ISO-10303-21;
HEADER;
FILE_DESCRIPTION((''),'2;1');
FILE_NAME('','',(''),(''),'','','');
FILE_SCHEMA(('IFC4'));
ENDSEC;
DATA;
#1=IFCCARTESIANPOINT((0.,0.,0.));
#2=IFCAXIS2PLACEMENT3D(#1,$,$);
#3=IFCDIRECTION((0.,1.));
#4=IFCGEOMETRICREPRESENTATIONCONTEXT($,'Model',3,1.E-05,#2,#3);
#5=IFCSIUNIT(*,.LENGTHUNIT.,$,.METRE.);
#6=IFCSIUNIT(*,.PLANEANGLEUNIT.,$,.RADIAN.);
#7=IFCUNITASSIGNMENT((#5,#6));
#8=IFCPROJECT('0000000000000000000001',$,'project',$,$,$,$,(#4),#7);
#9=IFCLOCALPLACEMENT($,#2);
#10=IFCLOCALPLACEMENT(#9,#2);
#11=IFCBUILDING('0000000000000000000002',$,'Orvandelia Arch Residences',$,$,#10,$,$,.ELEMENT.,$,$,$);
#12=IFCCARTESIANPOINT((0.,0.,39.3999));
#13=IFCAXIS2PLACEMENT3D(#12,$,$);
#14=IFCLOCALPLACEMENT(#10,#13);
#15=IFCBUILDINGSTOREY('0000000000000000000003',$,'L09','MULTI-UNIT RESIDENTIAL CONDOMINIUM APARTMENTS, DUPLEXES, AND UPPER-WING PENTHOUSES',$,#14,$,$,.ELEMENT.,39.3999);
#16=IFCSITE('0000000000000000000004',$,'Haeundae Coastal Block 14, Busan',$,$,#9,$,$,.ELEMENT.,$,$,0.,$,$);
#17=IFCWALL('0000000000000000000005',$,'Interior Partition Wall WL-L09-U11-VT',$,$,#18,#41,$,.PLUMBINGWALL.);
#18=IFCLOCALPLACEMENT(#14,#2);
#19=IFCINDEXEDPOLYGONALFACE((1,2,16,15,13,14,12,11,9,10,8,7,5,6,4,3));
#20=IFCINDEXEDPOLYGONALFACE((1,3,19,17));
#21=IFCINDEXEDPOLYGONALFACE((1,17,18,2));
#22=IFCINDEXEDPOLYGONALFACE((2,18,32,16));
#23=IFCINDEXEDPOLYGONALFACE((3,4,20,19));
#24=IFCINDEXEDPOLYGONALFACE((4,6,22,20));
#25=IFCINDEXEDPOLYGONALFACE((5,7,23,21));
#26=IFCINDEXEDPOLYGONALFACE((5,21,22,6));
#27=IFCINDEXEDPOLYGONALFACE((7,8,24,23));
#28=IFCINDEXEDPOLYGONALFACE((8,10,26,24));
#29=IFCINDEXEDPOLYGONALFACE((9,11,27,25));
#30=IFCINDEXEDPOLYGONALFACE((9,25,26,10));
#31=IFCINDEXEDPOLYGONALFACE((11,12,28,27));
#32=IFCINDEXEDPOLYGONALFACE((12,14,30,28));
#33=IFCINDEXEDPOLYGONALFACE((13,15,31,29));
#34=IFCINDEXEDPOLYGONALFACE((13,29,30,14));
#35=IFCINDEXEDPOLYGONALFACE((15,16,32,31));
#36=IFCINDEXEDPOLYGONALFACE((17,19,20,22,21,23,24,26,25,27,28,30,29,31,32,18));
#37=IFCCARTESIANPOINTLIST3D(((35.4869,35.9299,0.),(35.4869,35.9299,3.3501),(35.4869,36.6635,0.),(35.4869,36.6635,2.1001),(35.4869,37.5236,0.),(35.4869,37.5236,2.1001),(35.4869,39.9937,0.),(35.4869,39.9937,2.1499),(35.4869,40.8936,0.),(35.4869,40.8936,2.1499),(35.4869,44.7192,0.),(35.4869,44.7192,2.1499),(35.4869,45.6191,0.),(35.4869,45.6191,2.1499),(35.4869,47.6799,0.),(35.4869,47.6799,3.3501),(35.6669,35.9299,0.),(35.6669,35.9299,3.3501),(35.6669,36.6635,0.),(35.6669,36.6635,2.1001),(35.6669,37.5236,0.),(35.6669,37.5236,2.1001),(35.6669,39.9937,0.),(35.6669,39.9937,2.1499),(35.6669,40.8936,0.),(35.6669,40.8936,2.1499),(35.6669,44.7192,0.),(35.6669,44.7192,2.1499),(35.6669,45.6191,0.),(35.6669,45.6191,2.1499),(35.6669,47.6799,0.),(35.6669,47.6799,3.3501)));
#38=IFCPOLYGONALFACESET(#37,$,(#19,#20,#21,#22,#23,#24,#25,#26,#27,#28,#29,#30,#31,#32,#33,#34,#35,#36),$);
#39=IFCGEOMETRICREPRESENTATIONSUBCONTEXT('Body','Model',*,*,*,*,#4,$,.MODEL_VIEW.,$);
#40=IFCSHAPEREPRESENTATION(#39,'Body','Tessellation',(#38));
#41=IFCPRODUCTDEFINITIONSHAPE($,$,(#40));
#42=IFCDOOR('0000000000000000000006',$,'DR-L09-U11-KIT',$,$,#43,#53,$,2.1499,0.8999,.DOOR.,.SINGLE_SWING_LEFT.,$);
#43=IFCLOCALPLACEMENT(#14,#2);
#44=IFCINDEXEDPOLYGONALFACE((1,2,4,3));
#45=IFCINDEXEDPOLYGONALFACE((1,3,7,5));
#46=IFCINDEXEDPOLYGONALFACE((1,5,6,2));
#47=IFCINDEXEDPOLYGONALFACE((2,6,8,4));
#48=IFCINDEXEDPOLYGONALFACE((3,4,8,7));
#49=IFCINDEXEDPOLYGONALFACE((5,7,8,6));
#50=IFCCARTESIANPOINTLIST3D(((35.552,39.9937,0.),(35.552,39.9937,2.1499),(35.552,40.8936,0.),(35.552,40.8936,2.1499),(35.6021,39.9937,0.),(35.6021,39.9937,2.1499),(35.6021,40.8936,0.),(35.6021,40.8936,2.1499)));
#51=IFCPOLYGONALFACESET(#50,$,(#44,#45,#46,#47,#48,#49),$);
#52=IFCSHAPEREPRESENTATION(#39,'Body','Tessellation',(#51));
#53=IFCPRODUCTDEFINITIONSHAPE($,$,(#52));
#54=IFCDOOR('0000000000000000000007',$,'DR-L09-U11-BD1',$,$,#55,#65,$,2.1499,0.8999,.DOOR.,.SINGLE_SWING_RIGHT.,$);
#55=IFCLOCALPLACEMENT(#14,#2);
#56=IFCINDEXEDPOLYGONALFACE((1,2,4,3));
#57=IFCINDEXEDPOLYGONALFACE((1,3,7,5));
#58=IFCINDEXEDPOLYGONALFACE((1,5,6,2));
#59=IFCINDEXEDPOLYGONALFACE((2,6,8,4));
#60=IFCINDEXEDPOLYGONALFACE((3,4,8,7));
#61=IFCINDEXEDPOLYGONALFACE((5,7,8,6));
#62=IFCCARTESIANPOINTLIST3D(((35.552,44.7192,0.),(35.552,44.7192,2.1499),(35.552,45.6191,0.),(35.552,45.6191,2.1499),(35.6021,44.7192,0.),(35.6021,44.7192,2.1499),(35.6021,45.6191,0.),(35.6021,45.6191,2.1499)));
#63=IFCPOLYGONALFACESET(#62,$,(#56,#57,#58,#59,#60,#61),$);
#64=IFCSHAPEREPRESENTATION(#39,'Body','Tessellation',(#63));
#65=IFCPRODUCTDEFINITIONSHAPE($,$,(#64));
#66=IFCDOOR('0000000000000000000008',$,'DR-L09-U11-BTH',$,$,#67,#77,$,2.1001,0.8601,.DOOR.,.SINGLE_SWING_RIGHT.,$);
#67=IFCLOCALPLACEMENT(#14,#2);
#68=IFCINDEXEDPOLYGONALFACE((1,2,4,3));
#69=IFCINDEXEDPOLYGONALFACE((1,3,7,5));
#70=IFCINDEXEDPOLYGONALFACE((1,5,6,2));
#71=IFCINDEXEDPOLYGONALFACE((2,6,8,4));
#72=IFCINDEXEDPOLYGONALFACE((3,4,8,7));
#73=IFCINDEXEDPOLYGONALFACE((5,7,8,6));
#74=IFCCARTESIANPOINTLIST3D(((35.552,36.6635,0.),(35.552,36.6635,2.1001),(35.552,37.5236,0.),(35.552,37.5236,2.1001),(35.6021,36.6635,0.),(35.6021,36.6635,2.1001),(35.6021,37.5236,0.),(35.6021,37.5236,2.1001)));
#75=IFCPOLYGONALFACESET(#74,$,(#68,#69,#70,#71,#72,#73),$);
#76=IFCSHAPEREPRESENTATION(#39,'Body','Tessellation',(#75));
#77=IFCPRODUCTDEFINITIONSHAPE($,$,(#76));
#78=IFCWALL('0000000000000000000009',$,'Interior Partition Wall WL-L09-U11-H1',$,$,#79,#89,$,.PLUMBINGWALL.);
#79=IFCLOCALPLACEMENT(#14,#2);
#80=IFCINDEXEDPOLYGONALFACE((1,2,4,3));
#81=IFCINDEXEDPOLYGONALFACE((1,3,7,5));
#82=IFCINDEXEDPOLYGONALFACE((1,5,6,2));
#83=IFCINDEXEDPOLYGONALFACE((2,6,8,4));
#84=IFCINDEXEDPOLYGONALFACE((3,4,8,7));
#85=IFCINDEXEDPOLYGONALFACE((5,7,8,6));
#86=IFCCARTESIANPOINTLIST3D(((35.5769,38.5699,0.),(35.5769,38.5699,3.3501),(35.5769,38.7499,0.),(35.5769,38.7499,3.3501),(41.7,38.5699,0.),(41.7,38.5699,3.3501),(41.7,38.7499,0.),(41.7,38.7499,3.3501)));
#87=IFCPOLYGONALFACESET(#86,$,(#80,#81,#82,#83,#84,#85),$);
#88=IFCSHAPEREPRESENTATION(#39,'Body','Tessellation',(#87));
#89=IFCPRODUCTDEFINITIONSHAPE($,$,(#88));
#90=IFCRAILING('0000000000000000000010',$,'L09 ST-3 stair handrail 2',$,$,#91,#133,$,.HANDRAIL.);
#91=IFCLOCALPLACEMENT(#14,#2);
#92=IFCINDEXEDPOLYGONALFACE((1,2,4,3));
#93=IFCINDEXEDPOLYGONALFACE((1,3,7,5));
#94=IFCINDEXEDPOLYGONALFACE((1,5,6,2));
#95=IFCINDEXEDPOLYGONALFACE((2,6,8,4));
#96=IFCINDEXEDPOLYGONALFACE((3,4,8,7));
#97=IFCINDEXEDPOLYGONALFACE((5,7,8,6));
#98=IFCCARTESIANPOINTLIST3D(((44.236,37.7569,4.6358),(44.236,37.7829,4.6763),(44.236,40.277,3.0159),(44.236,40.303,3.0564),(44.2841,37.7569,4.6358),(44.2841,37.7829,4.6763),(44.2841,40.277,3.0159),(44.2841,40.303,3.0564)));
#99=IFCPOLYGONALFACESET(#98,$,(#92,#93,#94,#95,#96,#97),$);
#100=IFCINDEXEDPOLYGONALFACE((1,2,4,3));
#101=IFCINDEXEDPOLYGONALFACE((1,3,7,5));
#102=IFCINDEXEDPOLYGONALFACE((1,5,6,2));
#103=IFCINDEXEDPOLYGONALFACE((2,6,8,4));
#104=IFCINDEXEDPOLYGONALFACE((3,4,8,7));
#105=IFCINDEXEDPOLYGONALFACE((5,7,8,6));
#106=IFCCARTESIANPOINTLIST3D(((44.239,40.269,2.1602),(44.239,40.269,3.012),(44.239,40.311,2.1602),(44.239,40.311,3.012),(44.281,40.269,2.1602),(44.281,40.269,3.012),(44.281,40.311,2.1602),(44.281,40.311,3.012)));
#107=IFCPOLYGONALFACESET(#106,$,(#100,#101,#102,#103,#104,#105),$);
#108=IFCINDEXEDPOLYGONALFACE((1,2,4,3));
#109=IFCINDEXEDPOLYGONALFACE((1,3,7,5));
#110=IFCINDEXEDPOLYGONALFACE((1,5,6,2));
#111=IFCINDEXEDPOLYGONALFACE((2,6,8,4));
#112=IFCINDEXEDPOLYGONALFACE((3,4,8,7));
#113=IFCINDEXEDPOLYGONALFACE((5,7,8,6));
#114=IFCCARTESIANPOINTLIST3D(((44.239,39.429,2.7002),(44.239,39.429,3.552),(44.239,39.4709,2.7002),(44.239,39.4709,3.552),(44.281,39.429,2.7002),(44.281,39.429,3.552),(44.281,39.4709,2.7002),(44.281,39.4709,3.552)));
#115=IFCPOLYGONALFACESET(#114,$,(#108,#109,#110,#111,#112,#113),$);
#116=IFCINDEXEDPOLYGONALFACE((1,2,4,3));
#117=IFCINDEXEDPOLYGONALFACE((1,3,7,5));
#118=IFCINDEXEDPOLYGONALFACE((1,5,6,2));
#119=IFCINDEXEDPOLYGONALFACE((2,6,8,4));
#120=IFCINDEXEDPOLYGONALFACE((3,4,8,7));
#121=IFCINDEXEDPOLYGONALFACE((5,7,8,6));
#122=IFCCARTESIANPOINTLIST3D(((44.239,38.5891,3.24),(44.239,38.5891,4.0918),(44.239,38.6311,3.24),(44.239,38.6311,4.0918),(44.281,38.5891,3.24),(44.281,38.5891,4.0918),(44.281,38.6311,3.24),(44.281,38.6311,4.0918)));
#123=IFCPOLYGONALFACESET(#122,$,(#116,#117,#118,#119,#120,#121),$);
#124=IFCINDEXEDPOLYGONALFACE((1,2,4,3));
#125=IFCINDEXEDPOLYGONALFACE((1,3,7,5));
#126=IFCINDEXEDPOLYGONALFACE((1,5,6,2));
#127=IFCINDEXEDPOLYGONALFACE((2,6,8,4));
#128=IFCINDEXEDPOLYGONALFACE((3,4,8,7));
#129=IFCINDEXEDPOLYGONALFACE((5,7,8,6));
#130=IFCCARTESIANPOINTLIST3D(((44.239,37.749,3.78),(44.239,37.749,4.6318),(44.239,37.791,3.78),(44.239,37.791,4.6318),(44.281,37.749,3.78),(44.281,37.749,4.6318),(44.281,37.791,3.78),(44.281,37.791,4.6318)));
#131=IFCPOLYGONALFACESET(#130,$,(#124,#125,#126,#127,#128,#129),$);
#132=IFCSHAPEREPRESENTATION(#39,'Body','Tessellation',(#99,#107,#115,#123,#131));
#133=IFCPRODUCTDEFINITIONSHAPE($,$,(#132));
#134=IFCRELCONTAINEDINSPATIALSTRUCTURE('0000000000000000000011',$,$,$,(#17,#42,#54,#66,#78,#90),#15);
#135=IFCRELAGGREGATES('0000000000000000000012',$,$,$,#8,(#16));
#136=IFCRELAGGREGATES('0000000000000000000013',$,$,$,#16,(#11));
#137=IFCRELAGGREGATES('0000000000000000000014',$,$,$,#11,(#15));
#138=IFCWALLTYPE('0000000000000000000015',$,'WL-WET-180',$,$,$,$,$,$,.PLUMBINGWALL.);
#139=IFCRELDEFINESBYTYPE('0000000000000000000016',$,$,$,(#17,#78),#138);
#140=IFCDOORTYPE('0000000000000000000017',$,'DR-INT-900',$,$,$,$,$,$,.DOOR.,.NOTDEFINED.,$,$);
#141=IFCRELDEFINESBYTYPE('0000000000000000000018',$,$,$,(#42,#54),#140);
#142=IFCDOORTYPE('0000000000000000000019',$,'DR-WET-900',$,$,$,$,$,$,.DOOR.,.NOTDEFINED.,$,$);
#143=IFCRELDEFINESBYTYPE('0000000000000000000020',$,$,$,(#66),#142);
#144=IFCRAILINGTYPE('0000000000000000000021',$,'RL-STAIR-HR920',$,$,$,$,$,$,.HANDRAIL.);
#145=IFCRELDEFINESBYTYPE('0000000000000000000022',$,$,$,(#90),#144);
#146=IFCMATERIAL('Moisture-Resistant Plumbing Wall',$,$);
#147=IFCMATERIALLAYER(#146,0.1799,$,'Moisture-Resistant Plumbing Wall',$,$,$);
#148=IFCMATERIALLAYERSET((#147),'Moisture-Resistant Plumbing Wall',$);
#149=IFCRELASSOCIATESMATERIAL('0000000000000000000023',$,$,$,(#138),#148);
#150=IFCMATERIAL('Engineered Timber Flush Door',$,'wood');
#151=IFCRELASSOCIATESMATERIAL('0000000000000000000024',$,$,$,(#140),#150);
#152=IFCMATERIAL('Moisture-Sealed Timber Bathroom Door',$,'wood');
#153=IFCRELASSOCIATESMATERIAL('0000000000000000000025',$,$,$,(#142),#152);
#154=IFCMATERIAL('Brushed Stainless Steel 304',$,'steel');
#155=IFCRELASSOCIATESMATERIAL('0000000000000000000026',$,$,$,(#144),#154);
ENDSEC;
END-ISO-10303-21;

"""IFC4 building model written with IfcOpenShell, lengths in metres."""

from ifc_helpers import new_model, si_unit, direction, frame, frame_2d, origin, origin_2d, place, context, subcontext, project, spatial, rectangle, extrude, material, layer, layer_set, type_object, element, fill, save


model = new_model("IFC4")

# Units and contexts
model_context = context("Model", 3, precision=1e-05, world=origin(), true_north=direction((0.0, 1.0)))
body_context = subcontext(model_context, "Body", "Model", "MODEL_VIEW")
ifc_project = project(units=[si_unit("LENGTHUNIT", "METRE"), si_unit("PLANEANGLEUNIT", "RADIAN")], contexts=[model_context])

# Site, building, storey
site_placement = place(None, origin())
site = spatial("IfcSite", under=ifc_project, at=site_placement, Name="Haeundae Coastal Block 14, Busan", CompositionType="ELEMENT", RefElevation=0.0)
building_placement = place(site_placement, origin())
building = spatial("IfcBuilding", under=site, at=building_placement, Name="Orvandelia Arch Residences", CompositionType="ELEMENT")
storey_placement = place(building_placement, frame((0.0, 0.0, 39.3999)))
storey = spatial("IfcBuildingStorey", under=building, at=storey_placement, Name="L09", Description="MULTI-UNIT RESIDENTIAL CONDOMINIUM APARTMENTS, DUPLEXES, AND UPPER-WING PENTHOUSES", CompositionType="ELEMENT", Elevation=39.3999)

# Wall, openings, doors
ifc_material_1 = material(Name="Moisture-Resistant Plumbing Wall")
ifc_layer_1 = layer(ifc_material_1, 0.1799, Name="Moisture-Resistant Plumbing Wall")
ifc_layer_set_1 = layer_set([ifc_layer_1], Name="Moisture-Resistant Plumbing Wall")
wall_type_1 = type_object("IfcWallType", Name="WL-WET-180", PredefinedType="PLUMBINGWALL", material=ifc_layer_set_1)
wall_1_placement = place(storey_placement, frame((35.5769, 35.9299, 0.0), z_axis=(0.0, 0.0, 1.0), x_axis=(0.0, 1.0, 0.0)))
wall_1 = element("IfcWall", 1, at=wall_1_placement, inside=storey, type_object=wall_type_1, Name="Interior Partition Wall WL-L09-U11-VT", PredefinedType="PLUMBINGWALL", context=body_context, shape_type="SweptSolid", body=[
    extrude(rectangle(XDim=11.75, YDim=0.1799, at=frame_2d((5.875, 0.0))), origin(), (0.0, 0.0, 1.0), 3.3501),
])
opening_1_placement = place(wall_1_placement, frame((0.7334, 0.0, 0.0)))
opening_1 = element("IfcOpeningElement", 2, at=opening_1_placement, cuts=wall_1, PredefinedType="OPENING", context=body_context, shape_type="SweptSolid", body=[
    extrude(rectangle(XDim=0.8601, YDim=2.1001, at=frame_2d((0.4302, 1.05))), frame((0.0, 0.1001, 0.0), z_axis=(0.0, -1.0, 0.0), x_axis=(1.0, 0.0, 0.0)), (0.0, 0.0, 1.0), 0.2),
])
opening_2_placement = place(wall_1_placement, frame((4.0637, 0.0, 0.0)))
opening_2 = element("IfcOpeningElement", 3, at=opening_2_placement, cuts=wall_1, PredefinedType="OPENING", context=body_context, shape_type="SweptSolid", body=[
    extrude(rectangle(XDim=0.8999, YDim=2.1499, at=frame_2d((0.45, 1.075))), frame((0.0, 0.1001, 0.0), z_axis=(0.0, -1.0, 0.0), x_axis=(1.0, 0.0, 0.0)), (0.0, 0.0, 1.0), 0.2),
])
opening_3_placement = place(wall_1_placement, frame((8.7893, 0.0, 0.0)))
opening_3 = element("IfcOpeningElement", 4, at=opening_3_placement, cuts=wall_1, PredefinedType="OPENING", context=body_context, shape_type="SweptSolid", body=[
    extrude(rectangle(XDim=0.8999, YDim=2.1499, at=frame_2d((0.45, 1.075))), frame((0.0, 0.1001, 0.0), z_axis=(0.0, -1.0, 0.0), x_axis=(1.0, 0.0, 0.0)), (0.0, 0.0, 1.0), 0.2),
])
ifc_material_2 = material(Name="Engineered Timber Flush Door", Category="wood")
door_type_1 = type_object("IfcDoorType", Name="DR-INT-900", OperationType="NOTDEFINED", PredefinedType="DOOR", material=ifc_material_2)
door_1_placement = place(opening_2_placement, origin())
door_1 = element("IfcDoor", 5, at=door_1_placement, inside=storey, type_object=door_type_1, Name="DR-L09-U11-KIT", OperationType="SINGLE_SWING_LEFT", OverallHeight=2.1499, OverallWidth=0.8999, PredefinedType="DOOR", context=body_context, shape_type="SweptSolid", body=[
    extrude(rectangle(XDim=0.8999, YDim=2.1499, at=frame_2d((0.45, 1.075))), frame((0.0, 0.0249, 0.0), z_axis=(0.0, -1.0, 0.0), x_axis=(1.0, 0.0, 0.0)), (0.0, 0.0, 1.0), 0.05),
])
fill(opening_2, door_1)
door_2_placement = place(opening_3_placement, origin())
door_2 = element("IfcDoor", 6, at=door_2_placement, inside=storey, type_object=door_type_1, Name="DR-L09-U11-BD1", OperationType="SINGLE_SWING_RIGHT", OverallHeight=2.1499, OverallWidth=0.8999, PredefinedType="DOOR", context=body_context, shape_type="SweptSolid", body=[
    extrude(rectangle(XDim=0.8999, YDim=2.1499, at=frame_2d((0.45, 1.075))), frame((0.0, 0.0249, 0.0), z_axis=(0.0, -1.0, 0.0), x_axis=(1.0, 0.0, 0.0)), (0.0, 0.0, 1.0), 0.05),
])
fill(opening_3, door_2)
ifc_material_3 = material(Name="Moisture-Sealed Timber Bathroom Door", Category="wood")
door_type_2 = type_object("IfcDoorType", Name="DR-WET-900", OperationType="NOTDEFINED", PredefinedType="DOOR", material=ifc_material_3)
door_3_placement = place(opening_1_placement, origin())
door_3 = element("IfcDoor", 7, at=door_3_placement, inside=storey, type_object=door_type_2, Name="DR-L09-U11-BTH", OperationType="SINGLE_SWING_RIGHT", OverallHeight=2.1001, OverallWidth=0.8601, PredefinedType="DOOR", context=body_context, shape_type="SweptSolid", body=[
    extrude(rectangle(XDim=0.8601, YDim=2.1001, at=frame_2d((0.4302, 1.05))), frame((0.0, 0.0249, 0.0), z_axis=(0.0, -1.0, 0.0), x_axis=(1.0, 0.0, 0.0)), (0.0, 0.0, 1.0), 0.05),
])
fill(opening_1, door_3)

# Wall
wall_2_placement = place(storey_placement, frame((35.5769, 38.6599, 0.0), z_axis=(0.0, 0.0, 1.0), x_axis=(1.0, 0.0, 0.0)))
element("IfcWall", 8, at=wall_2_placement, inside=storey, type_object=wall_type_1, Name="Interior Partition Wall WL-L09-U11-H1", PredefinedType="PLUMBINGWALL", context=body_context, shape_type="SweptSolid", body=[
    extrude(rectangle(XDim=6.123, YDim=0.1799, at=frame_2d((3.0615, 0.0))), origin(), (0.0, 0.0, 1.0), 3.3501),
])

# Railing
ifc_material_4 = material(Name="Brushed Stainless Steel 304", Category="steel")
railing_type = type_object("IfcRailingType", Name="RL-STAIR-HR920", PredefinedType="HANDRAIL", material=ifc_material_4)
railing_placement = place(storey_placement, frame((44.26, 40.29, 2.1602)))
element("IfcRailing", 9, at=railing_placement, inside=storey, type_object=railing_type, Name="L09 ST-3 stair handrail 2", PredefinedType="HANDRAIL", context=body_context, shape_type="SweptSolid", body=[
    extrude(rectangle(XDim=0.0481, YDim=0.0481, at=origin_2d()), frame((0.0, 0.0, 0.876), z_axis=(0.0, -0.8412, 0.540725), x_axis=(1.0, 0.0, 0.0)), (0.0, 0.0, 1.0), 2.9958),
    extrude(rectangle(XDim=0.042, YDim=0.042, at=origin_2d()), origin(), (0.0, 0.0, 1.0), 0.8518),
    extrude(rectangle(XDim=0.042, YDim=0.042, at=origin_2d()), frame((0.0, -0.8401, 0.54)), (0.0, 0.0, 1.0), 0.8518),
    extrude(rectangle(XDim=0.042, YDim=0.042, at=origin_2d()), frame((0.0, -1.6799, 1.0798)), (0.0, 0.0, 1.0), 0.8518),
    extrude(rectangle(XDim=0.042, YDim=0.042, at=origin_2d()), frame((0.0, -2.52, 1.6199)), (0.0, 0.0, 1.0), 0.8518),
])

save(model, "model.ifc")
